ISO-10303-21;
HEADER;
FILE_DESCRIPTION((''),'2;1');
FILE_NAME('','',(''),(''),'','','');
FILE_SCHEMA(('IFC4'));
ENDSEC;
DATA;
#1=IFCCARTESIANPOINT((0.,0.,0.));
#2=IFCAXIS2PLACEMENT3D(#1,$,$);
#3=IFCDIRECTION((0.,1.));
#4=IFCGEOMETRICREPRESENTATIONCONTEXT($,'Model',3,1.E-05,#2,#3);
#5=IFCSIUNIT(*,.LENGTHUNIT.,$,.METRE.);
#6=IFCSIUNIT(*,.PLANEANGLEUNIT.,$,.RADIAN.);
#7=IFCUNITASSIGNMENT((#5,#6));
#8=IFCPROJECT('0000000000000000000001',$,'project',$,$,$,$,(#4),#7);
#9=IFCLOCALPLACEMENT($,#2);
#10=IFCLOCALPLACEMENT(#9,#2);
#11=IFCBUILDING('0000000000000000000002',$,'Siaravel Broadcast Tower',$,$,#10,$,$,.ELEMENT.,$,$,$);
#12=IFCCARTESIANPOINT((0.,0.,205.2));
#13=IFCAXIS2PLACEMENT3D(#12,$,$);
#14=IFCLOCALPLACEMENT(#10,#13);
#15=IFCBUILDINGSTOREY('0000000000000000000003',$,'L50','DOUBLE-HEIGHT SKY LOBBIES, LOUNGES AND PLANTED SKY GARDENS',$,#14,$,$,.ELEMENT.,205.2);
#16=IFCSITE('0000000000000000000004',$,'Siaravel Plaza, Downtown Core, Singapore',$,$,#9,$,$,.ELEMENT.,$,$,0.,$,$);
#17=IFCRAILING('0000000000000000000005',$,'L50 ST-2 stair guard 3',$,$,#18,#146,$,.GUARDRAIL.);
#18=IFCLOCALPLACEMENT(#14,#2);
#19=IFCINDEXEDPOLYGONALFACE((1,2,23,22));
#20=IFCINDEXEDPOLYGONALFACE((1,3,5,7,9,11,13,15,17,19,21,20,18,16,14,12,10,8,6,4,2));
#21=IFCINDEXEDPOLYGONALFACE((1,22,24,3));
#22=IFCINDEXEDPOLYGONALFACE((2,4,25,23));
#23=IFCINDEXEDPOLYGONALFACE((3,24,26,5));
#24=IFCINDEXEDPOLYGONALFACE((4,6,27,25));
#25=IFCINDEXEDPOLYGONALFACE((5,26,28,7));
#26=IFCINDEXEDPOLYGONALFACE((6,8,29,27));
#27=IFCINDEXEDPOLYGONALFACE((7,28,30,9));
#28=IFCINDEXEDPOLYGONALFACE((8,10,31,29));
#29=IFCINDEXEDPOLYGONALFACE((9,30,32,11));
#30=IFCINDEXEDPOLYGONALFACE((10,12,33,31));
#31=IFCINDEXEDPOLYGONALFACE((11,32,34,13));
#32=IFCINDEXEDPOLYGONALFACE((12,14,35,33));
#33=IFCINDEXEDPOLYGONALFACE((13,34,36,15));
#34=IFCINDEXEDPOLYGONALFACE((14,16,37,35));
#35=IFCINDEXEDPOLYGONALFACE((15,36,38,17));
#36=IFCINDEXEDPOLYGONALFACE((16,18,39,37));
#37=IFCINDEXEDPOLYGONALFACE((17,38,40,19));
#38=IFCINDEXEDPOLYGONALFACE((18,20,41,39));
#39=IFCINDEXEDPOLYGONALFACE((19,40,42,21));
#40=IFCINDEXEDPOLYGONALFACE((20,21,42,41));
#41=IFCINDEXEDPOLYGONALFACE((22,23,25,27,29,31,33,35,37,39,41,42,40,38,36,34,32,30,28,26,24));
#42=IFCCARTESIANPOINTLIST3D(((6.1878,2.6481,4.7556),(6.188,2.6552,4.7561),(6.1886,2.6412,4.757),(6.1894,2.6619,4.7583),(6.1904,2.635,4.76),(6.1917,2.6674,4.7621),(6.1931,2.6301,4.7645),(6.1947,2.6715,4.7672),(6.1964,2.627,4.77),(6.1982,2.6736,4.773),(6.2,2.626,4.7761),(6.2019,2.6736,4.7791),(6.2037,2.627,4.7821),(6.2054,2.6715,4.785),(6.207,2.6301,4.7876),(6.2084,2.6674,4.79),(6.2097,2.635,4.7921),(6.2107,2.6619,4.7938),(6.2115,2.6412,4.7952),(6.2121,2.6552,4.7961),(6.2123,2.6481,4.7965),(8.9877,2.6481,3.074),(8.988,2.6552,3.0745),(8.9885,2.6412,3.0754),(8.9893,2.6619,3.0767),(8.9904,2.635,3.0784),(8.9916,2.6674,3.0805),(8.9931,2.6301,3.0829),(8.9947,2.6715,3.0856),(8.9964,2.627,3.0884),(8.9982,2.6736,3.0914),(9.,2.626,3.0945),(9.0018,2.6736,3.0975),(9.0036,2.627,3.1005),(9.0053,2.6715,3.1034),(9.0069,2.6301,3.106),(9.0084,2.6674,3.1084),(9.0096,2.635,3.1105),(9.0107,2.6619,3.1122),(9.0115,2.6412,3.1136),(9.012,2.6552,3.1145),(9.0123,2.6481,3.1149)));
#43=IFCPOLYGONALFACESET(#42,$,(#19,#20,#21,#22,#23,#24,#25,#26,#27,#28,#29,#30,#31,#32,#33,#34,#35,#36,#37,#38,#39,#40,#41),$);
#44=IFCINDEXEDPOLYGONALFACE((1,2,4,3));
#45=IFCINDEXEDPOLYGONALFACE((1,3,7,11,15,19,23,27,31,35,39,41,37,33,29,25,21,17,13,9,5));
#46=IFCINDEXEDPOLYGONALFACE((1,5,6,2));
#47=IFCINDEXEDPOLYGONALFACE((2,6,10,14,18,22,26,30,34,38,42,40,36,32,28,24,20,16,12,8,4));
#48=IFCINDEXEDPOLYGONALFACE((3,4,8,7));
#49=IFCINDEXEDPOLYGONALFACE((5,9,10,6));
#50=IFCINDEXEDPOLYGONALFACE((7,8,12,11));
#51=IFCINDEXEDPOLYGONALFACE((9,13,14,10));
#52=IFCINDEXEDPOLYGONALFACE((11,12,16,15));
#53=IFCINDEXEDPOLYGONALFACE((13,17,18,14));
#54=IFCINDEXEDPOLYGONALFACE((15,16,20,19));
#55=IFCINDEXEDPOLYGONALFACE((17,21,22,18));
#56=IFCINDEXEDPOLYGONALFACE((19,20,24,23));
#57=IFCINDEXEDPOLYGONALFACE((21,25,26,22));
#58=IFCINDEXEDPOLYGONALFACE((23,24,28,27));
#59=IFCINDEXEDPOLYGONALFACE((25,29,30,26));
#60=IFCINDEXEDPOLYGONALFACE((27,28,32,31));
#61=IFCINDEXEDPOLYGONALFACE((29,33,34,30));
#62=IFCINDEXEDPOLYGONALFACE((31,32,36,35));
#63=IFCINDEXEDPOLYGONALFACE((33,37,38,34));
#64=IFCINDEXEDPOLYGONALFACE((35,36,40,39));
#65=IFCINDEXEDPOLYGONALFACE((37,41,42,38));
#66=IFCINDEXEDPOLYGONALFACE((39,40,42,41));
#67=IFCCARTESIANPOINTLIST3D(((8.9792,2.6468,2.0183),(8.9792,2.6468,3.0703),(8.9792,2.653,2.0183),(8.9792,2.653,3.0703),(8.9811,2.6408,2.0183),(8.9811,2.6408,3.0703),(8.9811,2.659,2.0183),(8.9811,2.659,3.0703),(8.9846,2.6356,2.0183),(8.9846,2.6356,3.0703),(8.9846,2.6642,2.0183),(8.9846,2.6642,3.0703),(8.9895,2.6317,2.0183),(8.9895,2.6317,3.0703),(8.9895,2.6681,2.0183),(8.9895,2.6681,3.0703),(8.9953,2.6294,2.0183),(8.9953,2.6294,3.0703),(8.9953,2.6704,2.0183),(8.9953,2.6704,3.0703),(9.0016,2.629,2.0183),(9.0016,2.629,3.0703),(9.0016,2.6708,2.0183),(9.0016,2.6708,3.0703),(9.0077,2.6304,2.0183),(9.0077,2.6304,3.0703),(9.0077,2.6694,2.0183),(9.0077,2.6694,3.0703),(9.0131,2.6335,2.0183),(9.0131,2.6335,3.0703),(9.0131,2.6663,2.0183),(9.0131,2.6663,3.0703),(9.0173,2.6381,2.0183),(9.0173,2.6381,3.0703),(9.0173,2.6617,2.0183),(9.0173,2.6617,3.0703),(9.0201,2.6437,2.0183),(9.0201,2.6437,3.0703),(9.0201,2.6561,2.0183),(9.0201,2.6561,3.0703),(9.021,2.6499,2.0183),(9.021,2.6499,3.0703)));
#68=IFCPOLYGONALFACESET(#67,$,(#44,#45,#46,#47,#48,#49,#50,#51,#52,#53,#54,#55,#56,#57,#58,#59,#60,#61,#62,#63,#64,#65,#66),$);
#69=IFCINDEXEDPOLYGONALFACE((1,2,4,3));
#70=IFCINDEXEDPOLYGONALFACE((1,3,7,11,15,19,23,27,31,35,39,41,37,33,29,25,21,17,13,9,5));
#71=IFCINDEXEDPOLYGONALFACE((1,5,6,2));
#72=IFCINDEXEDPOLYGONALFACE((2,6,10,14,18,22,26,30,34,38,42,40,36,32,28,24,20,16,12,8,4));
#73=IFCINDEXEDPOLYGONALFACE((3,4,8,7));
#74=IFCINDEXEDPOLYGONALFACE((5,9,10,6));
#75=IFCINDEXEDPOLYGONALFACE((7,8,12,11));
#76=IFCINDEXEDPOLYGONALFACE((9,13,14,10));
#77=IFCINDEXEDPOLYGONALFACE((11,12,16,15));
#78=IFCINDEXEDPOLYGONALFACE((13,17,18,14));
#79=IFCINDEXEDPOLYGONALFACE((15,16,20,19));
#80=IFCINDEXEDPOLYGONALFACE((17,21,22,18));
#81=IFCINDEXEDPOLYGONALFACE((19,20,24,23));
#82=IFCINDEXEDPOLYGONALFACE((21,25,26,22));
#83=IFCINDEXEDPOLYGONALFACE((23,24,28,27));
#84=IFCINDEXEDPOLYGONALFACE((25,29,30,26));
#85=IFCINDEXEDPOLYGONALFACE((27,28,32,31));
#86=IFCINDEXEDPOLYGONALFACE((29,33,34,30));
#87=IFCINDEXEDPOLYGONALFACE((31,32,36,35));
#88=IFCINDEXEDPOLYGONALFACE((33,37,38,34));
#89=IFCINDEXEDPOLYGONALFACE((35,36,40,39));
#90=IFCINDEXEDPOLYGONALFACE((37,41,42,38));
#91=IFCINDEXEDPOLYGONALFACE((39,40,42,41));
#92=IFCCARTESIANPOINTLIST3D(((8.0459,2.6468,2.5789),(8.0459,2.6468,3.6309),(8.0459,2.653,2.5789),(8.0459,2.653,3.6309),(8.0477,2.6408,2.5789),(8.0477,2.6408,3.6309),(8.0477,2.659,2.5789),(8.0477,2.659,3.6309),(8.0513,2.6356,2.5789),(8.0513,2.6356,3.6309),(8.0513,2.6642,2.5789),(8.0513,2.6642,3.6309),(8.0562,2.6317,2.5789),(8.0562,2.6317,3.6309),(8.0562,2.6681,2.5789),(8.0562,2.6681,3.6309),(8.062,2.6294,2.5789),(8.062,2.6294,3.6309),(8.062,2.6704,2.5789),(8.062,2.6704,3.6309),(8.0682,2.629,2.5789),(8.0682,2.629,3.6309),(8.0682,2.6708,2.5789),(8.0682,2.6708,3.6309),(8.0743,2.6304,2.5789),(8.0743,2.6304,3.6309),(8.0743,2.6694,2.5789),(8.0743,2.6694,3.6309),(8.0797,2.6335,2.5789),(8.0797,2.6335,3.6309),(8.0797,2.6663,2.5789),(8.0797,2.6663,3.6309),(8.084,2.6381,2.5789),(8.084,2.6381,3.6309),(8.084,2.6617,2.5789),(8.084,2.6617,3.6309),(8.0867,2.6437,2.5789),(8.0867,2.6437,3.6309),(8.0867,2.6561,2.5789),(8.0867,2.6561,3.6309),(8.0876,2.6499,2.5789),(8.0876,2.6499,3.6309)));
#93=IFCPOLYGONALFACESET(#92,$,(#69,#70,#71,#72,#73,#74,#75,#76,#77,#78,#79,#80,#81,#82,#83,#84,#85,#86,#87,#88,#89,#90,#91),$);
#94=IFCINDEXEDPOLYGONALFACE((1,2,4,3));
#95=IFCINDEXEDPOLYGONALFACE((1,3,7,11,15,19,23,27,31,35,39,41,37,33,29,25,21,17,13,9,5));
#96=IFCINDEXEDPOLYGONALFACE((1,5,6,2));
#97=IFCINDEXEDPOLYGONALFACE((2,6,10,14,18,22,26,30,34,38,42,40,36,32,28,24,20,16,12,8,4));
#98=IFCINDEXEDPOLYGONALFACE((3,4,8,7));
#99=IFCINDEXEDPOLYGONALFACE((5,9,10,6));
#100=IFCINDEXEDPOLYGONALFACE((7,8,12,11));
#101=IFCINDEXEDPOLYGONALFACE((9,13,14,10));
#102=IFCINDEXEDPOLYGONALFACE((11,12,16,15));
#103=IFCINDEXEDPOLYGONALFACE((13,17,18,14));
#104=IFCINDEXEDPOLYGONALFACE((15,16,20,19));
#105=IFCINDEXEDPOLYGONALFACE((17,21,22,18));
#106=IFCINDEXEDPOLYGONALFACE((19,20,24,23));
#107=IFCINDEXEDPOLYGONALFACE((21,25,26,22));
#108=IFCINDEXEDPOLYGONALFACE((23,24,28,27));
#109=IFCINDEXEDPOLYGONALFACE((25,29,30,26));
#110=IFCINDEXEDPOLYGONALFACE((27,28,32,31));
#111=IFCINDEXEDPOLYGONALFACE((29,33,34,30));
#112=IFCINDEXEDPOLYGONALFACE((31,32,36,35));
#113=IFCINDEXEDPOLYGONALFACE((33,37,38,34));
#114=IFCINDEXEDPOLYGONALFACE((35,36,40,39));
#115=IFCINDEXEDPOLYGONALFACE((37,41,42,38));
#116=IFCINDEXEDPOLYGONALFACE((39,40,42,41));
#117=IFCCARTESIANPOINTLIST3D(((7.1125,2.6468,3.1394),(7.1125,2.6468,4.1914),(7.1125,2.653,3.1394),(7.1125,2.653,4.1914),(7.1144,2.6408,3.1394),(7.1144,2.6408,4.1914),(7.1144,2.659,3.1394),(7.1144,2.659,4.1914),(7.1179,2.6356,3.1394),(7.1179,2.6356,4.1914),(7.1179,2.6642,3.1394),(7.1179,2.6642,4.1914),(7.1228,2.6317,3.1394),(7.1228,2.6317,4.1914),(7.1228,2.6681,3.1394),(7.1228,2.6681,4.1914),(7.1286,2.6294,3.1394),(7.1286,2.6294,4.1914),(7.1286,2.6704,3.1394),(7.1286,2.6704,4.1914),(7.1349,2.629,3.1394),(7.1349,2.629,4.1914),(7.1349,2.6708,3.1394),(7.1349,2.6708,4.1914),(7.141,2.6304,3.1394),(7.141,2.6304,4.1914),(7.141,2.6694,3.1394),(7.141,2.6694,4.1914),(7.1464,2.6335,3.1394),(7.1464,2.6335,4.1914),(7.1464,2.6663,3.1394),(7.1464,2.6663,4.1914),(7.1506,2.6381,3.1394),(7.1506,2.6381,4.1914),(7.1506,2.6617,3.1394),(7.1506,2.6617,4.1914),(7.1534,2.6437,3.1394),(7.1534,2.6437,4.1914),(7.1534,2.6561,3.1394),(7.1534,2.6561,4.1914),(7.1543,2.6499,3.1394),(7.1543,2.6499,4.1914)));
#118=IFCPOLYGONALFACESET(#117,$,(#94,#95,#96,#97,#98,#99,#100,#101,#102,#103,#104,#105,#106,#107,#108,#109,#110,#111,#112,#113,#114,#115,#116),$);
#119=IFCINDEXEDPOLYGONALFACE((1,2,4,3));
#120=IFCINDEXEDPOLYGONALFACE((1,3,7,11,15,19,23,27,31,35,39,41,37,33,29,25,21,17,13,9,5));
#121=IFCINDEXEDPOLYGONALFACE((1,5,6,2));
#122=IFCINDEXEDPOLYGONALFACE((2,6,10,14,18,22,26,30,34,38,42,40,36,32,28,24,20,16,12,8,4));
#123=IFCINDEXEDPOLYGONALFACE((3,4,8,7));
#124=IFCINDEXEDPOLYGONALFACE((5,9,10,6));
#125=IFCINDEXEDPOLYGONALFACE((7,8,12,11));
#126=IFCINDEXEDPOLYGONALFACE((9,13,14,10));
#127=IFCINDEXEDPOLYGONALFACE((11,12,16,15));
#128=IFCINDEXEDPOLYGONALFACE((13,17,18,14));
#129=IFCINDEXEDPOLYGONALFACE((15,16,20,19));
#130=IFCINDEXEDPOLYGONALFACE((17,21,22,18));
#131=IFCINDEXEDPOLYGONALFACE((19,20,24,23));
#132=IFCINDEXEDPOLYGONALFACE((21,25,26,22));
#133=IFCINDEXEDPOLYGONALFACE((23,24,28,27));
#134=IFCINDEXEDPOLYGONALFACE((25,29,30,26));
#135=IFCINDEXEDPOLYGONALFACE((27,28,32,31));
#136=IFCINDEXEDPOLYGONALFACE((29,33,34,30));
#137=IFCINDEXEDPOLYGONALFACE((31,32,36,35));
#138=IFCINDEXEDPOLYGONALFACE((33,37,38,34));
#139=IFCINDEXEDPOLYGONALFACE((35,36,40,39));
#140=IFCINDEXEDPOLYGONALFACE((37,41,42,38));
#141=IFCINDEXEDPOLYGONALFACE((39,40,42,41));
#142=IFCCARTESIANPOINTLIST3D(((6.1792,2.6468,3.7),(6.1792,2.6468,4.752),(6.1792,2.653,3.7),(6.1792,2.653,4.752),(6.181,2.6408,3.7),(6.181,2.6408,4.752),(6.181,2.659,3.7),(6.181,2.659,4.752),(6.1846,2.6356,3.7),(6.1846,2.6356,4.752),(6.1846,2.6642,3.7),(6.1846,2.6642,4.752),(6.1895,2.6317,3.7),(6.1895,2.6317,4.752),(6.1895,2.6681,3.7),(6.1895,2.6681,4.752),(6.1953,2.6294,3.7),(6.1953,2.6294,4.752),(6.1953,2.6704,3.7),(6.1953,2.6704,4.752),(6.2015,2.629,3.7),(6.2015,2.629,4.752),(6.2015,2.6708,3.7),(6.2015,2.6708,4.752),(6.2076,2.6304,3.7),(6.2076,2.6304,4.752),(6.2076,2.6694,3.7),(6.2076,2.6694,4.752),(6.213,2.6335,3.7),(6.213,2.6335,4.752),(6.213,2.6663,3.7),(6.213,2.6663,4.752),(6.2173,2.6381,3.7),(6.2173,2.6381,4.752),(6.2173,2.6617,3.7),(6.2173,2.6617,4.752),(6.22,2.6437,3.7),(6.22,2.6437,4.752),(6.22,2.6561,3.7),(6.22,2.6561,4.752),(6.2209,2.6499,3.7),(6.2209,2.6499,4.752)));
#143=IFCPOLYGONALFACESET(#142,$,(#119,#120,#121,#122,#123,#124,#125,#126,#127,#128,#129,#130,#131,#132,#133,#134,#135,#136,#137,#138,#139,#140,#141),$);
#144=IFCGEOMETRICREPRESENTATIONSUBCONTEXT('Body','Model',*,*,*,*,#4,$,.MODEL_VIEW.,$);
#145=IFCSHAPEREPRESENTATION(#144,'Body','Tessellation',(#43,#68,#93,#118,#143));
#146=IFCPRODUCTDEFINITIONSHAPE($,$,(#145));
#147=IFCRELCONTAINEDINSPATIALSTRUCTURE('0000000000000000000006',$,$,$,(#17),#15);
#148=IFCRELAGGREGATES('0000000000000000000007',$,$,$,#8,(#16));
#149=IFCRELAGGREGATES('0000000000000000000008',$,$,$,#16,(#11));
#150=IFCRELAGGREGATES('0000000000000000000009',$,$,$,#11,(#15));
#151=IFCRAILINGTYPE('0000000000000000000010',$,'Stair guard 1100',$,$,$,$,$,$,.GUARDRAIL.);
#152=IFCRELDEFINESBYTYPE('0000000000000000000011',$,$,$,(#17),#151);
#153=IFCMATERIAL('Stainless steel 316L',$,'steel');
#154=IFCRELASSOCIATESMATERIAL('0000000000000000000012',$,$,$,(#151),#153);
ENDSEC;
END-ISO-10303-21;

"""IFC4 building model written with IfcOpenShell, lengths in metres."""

from ifc_helpers import new_model, si_unit, direction, frame, origin, origin_2d, place, context, subcontext, project, spatial, circle, extrude, material, type_object, element, save


model = new_model("IFC4")

# Units and contexts
model_context = context("Model", 3, precision=1e-05, world=origin(), true_north=direction((0.0, 1.0)))
body_context = subcontext(model_context, "Body", "Model", "MODEL_VIEW")
ifc_project = project(units=[si_unit("LENGTHUNIT", "METRE"), si_unit("PLANEANGLEUNIT", "RADIAN")], contexts=[model_context])

# Site, building, storey
site_placement = place(None, origin())
site = spatial("IfcSite", under=ifc_project, at=site_placement, Name="Siaravel Plaza, Downtown Core, Singapore", CompositionType="ELEMENT", RefElevation=0.0)
building_placement = place(site_placement, origin())
building = spatial("IfcBuilding", under=site, at=building_placement, Name="Siaravel Broadcast Tower", CompositionType="ELEMENT")
storey_placement = place(building_placement, frame((0.0, 0.0, 205.2)))
storey = spatial("IfcBuildingStorey", under=building, at=storey_placement, Name="L50", Description="DOUBLE-HEIGHT SKY LOBBIES, LOUNGES AND PLANTED SKY GARDENS", CompositionType="ELEMENT", Elevation=205.2)

# Railing
ifc_material_1 = material(Name="Stainless steel 316L", Category="steel")
railing_type_1 = type_object("IfcRailingType", Name="Stair guard 1100", PredefinedType="GUARDRAIL", material=ifc_material_1)
railing_1_placement = place(storey_placement, frame((9.0, 2.6499, 2.0183)))
element("IfcRailing", 1, at=railing_1_placement, inside=storey, type_object=railing_type_1, Name="L50 ST-2 stair guard 3", PredefinedType="GUARDRAIL", context=body_context, shape_type="SweptSolid", body=[
    extrude(circle(Radius=0.0239, at=origin_2d()), frame((0.0, 0.0, 1.0762), z_axis=(-0.857275, 0.0, 0.514858), x_axis=(0.0, -1.0, 0.0)), (0.0, 0.0, 1.0), 3.2661),
    extrude(circle(Radius=0.021, at=origin_2d()), origin(), (0.0, 0.0, 1.0), 1.052),
    extrude(circle(Radius=0.021, at=origin_2d()), frame((-0.9333, 0.0, 0.5605)), (0.0, 0.0, 1.0), 1.052),
    extrude(circle(Radius=0.021, at=origin_2d()), frame((-1.8667, 0.0, 1.1211)), (0.0, 0.0, 1.0), 1.052),
    extrude(circle(Radius=0.021, at=origin_2d()), frame((-2.8, 0.0, 1.6816)), (0.0, 0.0, 1.0), 1.052),
])

save(model, "model.ifc")
